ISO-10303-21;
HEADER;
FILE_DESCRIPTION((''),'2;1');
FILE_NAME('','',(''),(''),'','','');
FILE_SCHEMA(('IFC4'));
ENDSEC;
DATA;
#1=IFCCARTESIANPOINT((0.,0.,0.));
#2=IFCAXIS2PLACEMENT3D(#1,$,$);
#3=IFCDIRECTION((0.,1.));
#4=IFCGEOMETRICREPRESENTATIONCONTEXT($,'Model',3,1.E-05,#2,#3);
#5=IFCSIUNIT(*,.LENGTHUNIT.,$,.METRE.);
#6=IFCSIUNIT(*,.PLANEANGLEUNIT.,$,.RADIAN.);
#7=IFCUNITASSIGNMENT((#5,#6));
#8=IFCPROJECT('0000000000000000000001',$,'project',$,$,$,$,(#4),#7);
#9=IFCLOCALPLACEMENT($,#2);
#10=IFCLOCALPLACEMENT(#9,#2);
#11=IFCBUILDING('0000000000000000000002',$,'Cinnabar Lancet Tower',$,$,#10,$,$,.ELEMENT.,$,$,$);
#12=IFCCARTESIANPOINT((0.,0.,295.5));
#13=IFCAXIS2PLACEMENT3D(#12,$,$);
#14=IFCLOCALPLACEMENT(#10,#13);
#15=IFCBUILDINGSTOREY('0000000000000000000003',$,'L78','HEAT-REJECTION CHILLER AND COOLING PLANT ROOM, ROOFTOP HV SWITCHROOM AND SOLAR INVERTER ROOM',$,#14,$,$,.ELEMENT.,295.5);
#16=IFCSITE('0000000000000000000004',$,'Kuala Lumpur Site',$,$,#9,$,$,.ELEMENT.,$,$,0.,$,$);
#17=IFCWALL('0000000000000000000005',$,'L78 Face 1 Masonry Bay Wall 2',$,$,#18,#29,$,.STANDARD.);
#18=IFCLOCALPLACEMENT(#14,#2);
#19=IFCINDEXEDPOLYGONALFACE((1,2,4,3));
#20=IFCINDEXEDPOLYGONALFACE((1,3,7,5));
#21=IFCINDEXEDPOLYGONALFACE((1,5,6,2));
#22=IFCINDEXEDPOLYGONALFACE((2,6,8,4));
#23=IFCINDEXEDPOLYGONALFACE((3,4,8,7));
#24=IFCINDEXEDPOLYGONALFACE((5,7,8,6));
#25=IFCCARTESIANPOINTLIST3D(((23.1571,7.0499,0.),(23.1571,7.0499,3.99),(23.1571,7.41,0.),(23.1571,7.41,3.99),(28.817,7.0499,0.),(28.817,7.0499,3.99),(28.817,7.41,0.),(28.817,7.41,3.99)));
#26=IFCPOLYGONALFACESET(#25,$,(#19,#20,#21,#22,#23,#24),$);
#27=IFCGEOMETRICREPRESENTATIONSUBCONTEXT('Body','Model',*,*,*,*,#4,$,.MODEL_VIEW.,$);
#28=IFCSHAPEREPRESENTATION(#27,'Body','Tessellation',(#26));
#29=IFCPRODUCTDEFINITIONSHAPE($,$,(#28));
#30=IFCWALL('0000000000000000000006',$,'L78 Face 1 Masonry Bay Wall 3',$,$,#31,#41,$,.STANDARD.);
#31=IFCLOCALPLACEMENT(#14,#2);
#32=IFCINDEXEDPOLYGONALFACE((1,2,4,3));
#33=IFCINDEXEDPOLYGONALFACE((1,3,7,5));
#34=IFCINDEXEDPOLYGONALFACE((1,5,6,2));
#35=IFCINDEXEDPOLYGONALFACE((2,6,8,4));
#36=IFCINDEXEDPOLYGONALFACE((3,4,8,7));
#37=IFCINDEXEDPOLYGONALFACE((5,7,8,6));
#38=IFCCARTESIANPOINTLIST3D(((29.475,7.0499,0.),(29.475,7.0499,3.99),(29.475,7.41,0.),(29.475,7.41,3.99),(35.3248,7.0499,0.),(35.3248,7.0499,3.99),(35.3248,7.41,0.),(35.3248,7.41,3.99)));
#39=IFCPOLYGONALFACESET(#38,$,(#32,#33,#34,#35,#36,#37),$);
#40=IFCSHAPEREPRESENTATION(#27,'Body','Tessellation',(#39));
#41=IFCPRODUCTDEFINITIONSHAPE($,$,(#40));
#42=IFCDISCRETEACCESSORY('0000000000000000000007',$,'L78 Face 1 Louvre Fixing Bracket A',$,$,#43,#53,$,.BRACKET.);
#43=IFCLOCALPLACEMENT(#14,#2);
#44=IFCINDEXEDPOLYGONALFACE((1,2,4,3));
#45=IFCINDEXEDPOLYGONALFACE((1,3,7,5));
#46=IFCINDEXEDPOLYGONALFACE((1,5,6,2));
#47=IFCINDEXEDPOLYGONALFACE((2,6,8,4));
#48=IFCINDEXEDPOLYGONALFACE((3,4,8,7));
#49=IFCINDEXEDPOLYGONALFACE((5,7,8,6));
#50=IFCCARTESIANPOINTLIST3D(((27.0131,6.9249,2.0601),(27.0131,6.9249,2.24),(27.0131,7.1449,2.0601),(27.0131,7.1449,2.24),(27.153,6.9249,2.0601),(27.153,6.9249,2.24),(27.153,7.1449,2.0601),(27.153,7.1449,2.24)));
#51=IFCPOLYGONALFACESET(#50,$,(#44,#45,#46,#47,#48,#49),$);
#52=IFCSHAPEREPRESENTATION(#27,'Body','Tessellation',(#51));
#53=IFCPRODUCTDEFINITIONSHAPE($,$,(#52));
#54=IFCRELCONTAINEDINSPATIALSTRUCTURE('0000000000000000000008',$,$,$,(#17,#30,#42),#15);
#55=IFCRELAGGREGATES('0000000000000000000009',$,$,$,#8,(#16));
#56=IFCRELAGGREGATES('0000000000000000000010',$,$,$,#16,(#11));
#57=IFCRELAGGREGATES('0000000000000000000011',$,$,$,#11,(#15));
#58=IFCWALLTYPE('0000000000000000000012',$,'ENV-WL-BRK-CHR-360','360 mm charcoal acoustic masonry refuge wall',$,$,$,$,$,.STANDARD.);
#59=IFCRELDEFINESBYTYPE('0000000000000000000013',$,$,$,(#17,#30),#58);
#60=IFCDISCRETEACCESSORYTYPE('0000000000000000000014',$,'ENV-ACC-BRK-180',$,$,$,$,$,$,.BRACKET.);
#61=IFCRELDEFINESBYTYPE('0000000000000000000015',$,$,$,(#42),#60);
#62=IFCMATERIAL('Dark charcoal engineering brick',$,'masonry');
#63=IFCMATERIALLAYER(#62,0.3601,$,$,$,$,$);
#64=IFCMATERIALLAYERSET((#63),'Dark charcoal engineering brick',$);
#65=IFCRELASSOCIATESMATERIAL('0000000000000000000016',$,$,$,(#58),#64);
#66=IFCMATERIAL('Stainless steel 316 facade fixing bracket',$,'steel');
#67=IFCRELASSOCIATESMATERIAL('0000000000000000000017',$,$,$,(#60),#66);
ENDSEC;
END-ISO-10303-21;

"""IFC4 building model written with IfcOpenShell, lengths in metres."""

from ifc_helpers import new_model, si_unit, direction, frame, frame_2d, origin, origin_2d, place, context, subcontext, project, spatial, rectangle, extrude, material, layer, layer_set, type_object, element, save


model = new_model("IFC4")

# Units and contexts
model_context = context("Model", 3, precision=1e-05, world=origin(), true_north=direction((0.0, 1.0)))
body_context = subcontext(model_context, "Body", "Model", "MODEL_VIEW")
ifc_project = project(units=[si_unit("LENGTHUNIT", "METRE"), si_unit("PLANEANGLEUNIT", "RADIAN")], contexts=[model_context])

# Site, building, storey
site_placement = place(None, origin())
site = spatial("IfcSite", under=ifc_project, at=site_placement, Name="Kuala Lumpur Site", CompositionType="ELEMENT", RefElevation=0.0)
building_placement = place(site_placement, origin())
building = spatial("IfcBuilding", under=site, at=building_placement, Name="Cinnabar Lancet Tower", CompositionType="ELEMENT")
storey_placement = place(building_placement, frame((0.0, 0.0, 295.5)))
storey = spatial("IfcBuildingStorey", under=building, at=storey_placement, Name="L78", Description="HEAT-REJECTION CHILLER AND COOLING PLANT ROOM, ROOFTOP HV SWITCHROOM AND SOLAR INVERTER ROOM", CompositionType="ELEMENT", Elevation=295.5)

# Walls
ifc_material_1 = material(Name="Dark charcoal engineering brick", Category="masonry")
ifc_layer = layer(ifc_material_1, 0.3601)
ifc_layer_set = layer_set([ifc_layer], Name="Dark charcoal engineering brick")
wall_type = type_object("IfcWallType", Name="ENV-WL-BRK-CHR-360", Description="360 mm charcoal acoustic masonry refuge wall", PredefinedType="STANDARD", material=ifc_layer_set)
wall_1_placement = place(storey_placement, frame((23.157, 7.23, 0.0), z_axis=(0.0, 0.0, 1.0), x_axis=(1.0, 0.0, 0.0)))
element("IfcWall", 1, at=wall_1_placement, inside=storey, type_object=wall_type, Name="L78 Face 1 Masonry Bay Wall 2", PredefinedType="STANDARD", context=body_context, shape_type="SweptSolid", body=[
    extrude(rectangle(XDim=5.6599, YDim=0.3601, at=frame_2d((2.8301, 0.0))), origin(), (0.0, 0.0, 1.0), 3.99),
])
wall_2_placement = place(storey_placement, frame((29.4751, 7.23, 0.0), z_axis=(0.0, 0.0, 1.0), x_axis=(1.0, 0.0, 0.0)))
element("IfcWall", 2, at=wall_2_placement, inside=storey, type_object=wall_type, Name="L78 Face 1 Masonry Bay Wall 3", PredefinedType="STANDARD", context=body_context, shape_type="SweptSolid", body=[
    extrude(rectangle(XDim=5.8499, YDim=0.3601, at=frame_2d((2.9248, 0.0))), origin(), (0.0, 0.0, 1.0), 3.99),
])

# Discrete accessory
ifc_material_2 = material(Name="Stainless steel 316 facade fixing bracket", Category="steel")
discrete_accessory_type = type_object("IfcDiscreteAccessoryType", Name="ENV-ACC-BRK-180", PredefinedType="BRACKET", material=ifc_material_2)
discrete_accessory_placement = place(storey_placement, frame((27.083, 7.0349, 2.0601), z_axis=(0.0, 0.0, 1.0), x_axis=(1.0, 0.0, 0.0)))
element("IfcDiscreteAccessory", 3, at=discrete_accessory_placement, inside=storey, type_object=discrete_accessory_type, Name="L78 Face 1 Louvre Fixing Bracket A", PredefinedType="BRACKET", context=body_context, shape_type="SweptSolid", body=[
    extrude(rectangle(XDim=0.1399, YDim=0.22, at=origin_2d()), origin(), (0.0, 0.0, 1.0), 0.1799),
])

save(model, "model.ifc")
